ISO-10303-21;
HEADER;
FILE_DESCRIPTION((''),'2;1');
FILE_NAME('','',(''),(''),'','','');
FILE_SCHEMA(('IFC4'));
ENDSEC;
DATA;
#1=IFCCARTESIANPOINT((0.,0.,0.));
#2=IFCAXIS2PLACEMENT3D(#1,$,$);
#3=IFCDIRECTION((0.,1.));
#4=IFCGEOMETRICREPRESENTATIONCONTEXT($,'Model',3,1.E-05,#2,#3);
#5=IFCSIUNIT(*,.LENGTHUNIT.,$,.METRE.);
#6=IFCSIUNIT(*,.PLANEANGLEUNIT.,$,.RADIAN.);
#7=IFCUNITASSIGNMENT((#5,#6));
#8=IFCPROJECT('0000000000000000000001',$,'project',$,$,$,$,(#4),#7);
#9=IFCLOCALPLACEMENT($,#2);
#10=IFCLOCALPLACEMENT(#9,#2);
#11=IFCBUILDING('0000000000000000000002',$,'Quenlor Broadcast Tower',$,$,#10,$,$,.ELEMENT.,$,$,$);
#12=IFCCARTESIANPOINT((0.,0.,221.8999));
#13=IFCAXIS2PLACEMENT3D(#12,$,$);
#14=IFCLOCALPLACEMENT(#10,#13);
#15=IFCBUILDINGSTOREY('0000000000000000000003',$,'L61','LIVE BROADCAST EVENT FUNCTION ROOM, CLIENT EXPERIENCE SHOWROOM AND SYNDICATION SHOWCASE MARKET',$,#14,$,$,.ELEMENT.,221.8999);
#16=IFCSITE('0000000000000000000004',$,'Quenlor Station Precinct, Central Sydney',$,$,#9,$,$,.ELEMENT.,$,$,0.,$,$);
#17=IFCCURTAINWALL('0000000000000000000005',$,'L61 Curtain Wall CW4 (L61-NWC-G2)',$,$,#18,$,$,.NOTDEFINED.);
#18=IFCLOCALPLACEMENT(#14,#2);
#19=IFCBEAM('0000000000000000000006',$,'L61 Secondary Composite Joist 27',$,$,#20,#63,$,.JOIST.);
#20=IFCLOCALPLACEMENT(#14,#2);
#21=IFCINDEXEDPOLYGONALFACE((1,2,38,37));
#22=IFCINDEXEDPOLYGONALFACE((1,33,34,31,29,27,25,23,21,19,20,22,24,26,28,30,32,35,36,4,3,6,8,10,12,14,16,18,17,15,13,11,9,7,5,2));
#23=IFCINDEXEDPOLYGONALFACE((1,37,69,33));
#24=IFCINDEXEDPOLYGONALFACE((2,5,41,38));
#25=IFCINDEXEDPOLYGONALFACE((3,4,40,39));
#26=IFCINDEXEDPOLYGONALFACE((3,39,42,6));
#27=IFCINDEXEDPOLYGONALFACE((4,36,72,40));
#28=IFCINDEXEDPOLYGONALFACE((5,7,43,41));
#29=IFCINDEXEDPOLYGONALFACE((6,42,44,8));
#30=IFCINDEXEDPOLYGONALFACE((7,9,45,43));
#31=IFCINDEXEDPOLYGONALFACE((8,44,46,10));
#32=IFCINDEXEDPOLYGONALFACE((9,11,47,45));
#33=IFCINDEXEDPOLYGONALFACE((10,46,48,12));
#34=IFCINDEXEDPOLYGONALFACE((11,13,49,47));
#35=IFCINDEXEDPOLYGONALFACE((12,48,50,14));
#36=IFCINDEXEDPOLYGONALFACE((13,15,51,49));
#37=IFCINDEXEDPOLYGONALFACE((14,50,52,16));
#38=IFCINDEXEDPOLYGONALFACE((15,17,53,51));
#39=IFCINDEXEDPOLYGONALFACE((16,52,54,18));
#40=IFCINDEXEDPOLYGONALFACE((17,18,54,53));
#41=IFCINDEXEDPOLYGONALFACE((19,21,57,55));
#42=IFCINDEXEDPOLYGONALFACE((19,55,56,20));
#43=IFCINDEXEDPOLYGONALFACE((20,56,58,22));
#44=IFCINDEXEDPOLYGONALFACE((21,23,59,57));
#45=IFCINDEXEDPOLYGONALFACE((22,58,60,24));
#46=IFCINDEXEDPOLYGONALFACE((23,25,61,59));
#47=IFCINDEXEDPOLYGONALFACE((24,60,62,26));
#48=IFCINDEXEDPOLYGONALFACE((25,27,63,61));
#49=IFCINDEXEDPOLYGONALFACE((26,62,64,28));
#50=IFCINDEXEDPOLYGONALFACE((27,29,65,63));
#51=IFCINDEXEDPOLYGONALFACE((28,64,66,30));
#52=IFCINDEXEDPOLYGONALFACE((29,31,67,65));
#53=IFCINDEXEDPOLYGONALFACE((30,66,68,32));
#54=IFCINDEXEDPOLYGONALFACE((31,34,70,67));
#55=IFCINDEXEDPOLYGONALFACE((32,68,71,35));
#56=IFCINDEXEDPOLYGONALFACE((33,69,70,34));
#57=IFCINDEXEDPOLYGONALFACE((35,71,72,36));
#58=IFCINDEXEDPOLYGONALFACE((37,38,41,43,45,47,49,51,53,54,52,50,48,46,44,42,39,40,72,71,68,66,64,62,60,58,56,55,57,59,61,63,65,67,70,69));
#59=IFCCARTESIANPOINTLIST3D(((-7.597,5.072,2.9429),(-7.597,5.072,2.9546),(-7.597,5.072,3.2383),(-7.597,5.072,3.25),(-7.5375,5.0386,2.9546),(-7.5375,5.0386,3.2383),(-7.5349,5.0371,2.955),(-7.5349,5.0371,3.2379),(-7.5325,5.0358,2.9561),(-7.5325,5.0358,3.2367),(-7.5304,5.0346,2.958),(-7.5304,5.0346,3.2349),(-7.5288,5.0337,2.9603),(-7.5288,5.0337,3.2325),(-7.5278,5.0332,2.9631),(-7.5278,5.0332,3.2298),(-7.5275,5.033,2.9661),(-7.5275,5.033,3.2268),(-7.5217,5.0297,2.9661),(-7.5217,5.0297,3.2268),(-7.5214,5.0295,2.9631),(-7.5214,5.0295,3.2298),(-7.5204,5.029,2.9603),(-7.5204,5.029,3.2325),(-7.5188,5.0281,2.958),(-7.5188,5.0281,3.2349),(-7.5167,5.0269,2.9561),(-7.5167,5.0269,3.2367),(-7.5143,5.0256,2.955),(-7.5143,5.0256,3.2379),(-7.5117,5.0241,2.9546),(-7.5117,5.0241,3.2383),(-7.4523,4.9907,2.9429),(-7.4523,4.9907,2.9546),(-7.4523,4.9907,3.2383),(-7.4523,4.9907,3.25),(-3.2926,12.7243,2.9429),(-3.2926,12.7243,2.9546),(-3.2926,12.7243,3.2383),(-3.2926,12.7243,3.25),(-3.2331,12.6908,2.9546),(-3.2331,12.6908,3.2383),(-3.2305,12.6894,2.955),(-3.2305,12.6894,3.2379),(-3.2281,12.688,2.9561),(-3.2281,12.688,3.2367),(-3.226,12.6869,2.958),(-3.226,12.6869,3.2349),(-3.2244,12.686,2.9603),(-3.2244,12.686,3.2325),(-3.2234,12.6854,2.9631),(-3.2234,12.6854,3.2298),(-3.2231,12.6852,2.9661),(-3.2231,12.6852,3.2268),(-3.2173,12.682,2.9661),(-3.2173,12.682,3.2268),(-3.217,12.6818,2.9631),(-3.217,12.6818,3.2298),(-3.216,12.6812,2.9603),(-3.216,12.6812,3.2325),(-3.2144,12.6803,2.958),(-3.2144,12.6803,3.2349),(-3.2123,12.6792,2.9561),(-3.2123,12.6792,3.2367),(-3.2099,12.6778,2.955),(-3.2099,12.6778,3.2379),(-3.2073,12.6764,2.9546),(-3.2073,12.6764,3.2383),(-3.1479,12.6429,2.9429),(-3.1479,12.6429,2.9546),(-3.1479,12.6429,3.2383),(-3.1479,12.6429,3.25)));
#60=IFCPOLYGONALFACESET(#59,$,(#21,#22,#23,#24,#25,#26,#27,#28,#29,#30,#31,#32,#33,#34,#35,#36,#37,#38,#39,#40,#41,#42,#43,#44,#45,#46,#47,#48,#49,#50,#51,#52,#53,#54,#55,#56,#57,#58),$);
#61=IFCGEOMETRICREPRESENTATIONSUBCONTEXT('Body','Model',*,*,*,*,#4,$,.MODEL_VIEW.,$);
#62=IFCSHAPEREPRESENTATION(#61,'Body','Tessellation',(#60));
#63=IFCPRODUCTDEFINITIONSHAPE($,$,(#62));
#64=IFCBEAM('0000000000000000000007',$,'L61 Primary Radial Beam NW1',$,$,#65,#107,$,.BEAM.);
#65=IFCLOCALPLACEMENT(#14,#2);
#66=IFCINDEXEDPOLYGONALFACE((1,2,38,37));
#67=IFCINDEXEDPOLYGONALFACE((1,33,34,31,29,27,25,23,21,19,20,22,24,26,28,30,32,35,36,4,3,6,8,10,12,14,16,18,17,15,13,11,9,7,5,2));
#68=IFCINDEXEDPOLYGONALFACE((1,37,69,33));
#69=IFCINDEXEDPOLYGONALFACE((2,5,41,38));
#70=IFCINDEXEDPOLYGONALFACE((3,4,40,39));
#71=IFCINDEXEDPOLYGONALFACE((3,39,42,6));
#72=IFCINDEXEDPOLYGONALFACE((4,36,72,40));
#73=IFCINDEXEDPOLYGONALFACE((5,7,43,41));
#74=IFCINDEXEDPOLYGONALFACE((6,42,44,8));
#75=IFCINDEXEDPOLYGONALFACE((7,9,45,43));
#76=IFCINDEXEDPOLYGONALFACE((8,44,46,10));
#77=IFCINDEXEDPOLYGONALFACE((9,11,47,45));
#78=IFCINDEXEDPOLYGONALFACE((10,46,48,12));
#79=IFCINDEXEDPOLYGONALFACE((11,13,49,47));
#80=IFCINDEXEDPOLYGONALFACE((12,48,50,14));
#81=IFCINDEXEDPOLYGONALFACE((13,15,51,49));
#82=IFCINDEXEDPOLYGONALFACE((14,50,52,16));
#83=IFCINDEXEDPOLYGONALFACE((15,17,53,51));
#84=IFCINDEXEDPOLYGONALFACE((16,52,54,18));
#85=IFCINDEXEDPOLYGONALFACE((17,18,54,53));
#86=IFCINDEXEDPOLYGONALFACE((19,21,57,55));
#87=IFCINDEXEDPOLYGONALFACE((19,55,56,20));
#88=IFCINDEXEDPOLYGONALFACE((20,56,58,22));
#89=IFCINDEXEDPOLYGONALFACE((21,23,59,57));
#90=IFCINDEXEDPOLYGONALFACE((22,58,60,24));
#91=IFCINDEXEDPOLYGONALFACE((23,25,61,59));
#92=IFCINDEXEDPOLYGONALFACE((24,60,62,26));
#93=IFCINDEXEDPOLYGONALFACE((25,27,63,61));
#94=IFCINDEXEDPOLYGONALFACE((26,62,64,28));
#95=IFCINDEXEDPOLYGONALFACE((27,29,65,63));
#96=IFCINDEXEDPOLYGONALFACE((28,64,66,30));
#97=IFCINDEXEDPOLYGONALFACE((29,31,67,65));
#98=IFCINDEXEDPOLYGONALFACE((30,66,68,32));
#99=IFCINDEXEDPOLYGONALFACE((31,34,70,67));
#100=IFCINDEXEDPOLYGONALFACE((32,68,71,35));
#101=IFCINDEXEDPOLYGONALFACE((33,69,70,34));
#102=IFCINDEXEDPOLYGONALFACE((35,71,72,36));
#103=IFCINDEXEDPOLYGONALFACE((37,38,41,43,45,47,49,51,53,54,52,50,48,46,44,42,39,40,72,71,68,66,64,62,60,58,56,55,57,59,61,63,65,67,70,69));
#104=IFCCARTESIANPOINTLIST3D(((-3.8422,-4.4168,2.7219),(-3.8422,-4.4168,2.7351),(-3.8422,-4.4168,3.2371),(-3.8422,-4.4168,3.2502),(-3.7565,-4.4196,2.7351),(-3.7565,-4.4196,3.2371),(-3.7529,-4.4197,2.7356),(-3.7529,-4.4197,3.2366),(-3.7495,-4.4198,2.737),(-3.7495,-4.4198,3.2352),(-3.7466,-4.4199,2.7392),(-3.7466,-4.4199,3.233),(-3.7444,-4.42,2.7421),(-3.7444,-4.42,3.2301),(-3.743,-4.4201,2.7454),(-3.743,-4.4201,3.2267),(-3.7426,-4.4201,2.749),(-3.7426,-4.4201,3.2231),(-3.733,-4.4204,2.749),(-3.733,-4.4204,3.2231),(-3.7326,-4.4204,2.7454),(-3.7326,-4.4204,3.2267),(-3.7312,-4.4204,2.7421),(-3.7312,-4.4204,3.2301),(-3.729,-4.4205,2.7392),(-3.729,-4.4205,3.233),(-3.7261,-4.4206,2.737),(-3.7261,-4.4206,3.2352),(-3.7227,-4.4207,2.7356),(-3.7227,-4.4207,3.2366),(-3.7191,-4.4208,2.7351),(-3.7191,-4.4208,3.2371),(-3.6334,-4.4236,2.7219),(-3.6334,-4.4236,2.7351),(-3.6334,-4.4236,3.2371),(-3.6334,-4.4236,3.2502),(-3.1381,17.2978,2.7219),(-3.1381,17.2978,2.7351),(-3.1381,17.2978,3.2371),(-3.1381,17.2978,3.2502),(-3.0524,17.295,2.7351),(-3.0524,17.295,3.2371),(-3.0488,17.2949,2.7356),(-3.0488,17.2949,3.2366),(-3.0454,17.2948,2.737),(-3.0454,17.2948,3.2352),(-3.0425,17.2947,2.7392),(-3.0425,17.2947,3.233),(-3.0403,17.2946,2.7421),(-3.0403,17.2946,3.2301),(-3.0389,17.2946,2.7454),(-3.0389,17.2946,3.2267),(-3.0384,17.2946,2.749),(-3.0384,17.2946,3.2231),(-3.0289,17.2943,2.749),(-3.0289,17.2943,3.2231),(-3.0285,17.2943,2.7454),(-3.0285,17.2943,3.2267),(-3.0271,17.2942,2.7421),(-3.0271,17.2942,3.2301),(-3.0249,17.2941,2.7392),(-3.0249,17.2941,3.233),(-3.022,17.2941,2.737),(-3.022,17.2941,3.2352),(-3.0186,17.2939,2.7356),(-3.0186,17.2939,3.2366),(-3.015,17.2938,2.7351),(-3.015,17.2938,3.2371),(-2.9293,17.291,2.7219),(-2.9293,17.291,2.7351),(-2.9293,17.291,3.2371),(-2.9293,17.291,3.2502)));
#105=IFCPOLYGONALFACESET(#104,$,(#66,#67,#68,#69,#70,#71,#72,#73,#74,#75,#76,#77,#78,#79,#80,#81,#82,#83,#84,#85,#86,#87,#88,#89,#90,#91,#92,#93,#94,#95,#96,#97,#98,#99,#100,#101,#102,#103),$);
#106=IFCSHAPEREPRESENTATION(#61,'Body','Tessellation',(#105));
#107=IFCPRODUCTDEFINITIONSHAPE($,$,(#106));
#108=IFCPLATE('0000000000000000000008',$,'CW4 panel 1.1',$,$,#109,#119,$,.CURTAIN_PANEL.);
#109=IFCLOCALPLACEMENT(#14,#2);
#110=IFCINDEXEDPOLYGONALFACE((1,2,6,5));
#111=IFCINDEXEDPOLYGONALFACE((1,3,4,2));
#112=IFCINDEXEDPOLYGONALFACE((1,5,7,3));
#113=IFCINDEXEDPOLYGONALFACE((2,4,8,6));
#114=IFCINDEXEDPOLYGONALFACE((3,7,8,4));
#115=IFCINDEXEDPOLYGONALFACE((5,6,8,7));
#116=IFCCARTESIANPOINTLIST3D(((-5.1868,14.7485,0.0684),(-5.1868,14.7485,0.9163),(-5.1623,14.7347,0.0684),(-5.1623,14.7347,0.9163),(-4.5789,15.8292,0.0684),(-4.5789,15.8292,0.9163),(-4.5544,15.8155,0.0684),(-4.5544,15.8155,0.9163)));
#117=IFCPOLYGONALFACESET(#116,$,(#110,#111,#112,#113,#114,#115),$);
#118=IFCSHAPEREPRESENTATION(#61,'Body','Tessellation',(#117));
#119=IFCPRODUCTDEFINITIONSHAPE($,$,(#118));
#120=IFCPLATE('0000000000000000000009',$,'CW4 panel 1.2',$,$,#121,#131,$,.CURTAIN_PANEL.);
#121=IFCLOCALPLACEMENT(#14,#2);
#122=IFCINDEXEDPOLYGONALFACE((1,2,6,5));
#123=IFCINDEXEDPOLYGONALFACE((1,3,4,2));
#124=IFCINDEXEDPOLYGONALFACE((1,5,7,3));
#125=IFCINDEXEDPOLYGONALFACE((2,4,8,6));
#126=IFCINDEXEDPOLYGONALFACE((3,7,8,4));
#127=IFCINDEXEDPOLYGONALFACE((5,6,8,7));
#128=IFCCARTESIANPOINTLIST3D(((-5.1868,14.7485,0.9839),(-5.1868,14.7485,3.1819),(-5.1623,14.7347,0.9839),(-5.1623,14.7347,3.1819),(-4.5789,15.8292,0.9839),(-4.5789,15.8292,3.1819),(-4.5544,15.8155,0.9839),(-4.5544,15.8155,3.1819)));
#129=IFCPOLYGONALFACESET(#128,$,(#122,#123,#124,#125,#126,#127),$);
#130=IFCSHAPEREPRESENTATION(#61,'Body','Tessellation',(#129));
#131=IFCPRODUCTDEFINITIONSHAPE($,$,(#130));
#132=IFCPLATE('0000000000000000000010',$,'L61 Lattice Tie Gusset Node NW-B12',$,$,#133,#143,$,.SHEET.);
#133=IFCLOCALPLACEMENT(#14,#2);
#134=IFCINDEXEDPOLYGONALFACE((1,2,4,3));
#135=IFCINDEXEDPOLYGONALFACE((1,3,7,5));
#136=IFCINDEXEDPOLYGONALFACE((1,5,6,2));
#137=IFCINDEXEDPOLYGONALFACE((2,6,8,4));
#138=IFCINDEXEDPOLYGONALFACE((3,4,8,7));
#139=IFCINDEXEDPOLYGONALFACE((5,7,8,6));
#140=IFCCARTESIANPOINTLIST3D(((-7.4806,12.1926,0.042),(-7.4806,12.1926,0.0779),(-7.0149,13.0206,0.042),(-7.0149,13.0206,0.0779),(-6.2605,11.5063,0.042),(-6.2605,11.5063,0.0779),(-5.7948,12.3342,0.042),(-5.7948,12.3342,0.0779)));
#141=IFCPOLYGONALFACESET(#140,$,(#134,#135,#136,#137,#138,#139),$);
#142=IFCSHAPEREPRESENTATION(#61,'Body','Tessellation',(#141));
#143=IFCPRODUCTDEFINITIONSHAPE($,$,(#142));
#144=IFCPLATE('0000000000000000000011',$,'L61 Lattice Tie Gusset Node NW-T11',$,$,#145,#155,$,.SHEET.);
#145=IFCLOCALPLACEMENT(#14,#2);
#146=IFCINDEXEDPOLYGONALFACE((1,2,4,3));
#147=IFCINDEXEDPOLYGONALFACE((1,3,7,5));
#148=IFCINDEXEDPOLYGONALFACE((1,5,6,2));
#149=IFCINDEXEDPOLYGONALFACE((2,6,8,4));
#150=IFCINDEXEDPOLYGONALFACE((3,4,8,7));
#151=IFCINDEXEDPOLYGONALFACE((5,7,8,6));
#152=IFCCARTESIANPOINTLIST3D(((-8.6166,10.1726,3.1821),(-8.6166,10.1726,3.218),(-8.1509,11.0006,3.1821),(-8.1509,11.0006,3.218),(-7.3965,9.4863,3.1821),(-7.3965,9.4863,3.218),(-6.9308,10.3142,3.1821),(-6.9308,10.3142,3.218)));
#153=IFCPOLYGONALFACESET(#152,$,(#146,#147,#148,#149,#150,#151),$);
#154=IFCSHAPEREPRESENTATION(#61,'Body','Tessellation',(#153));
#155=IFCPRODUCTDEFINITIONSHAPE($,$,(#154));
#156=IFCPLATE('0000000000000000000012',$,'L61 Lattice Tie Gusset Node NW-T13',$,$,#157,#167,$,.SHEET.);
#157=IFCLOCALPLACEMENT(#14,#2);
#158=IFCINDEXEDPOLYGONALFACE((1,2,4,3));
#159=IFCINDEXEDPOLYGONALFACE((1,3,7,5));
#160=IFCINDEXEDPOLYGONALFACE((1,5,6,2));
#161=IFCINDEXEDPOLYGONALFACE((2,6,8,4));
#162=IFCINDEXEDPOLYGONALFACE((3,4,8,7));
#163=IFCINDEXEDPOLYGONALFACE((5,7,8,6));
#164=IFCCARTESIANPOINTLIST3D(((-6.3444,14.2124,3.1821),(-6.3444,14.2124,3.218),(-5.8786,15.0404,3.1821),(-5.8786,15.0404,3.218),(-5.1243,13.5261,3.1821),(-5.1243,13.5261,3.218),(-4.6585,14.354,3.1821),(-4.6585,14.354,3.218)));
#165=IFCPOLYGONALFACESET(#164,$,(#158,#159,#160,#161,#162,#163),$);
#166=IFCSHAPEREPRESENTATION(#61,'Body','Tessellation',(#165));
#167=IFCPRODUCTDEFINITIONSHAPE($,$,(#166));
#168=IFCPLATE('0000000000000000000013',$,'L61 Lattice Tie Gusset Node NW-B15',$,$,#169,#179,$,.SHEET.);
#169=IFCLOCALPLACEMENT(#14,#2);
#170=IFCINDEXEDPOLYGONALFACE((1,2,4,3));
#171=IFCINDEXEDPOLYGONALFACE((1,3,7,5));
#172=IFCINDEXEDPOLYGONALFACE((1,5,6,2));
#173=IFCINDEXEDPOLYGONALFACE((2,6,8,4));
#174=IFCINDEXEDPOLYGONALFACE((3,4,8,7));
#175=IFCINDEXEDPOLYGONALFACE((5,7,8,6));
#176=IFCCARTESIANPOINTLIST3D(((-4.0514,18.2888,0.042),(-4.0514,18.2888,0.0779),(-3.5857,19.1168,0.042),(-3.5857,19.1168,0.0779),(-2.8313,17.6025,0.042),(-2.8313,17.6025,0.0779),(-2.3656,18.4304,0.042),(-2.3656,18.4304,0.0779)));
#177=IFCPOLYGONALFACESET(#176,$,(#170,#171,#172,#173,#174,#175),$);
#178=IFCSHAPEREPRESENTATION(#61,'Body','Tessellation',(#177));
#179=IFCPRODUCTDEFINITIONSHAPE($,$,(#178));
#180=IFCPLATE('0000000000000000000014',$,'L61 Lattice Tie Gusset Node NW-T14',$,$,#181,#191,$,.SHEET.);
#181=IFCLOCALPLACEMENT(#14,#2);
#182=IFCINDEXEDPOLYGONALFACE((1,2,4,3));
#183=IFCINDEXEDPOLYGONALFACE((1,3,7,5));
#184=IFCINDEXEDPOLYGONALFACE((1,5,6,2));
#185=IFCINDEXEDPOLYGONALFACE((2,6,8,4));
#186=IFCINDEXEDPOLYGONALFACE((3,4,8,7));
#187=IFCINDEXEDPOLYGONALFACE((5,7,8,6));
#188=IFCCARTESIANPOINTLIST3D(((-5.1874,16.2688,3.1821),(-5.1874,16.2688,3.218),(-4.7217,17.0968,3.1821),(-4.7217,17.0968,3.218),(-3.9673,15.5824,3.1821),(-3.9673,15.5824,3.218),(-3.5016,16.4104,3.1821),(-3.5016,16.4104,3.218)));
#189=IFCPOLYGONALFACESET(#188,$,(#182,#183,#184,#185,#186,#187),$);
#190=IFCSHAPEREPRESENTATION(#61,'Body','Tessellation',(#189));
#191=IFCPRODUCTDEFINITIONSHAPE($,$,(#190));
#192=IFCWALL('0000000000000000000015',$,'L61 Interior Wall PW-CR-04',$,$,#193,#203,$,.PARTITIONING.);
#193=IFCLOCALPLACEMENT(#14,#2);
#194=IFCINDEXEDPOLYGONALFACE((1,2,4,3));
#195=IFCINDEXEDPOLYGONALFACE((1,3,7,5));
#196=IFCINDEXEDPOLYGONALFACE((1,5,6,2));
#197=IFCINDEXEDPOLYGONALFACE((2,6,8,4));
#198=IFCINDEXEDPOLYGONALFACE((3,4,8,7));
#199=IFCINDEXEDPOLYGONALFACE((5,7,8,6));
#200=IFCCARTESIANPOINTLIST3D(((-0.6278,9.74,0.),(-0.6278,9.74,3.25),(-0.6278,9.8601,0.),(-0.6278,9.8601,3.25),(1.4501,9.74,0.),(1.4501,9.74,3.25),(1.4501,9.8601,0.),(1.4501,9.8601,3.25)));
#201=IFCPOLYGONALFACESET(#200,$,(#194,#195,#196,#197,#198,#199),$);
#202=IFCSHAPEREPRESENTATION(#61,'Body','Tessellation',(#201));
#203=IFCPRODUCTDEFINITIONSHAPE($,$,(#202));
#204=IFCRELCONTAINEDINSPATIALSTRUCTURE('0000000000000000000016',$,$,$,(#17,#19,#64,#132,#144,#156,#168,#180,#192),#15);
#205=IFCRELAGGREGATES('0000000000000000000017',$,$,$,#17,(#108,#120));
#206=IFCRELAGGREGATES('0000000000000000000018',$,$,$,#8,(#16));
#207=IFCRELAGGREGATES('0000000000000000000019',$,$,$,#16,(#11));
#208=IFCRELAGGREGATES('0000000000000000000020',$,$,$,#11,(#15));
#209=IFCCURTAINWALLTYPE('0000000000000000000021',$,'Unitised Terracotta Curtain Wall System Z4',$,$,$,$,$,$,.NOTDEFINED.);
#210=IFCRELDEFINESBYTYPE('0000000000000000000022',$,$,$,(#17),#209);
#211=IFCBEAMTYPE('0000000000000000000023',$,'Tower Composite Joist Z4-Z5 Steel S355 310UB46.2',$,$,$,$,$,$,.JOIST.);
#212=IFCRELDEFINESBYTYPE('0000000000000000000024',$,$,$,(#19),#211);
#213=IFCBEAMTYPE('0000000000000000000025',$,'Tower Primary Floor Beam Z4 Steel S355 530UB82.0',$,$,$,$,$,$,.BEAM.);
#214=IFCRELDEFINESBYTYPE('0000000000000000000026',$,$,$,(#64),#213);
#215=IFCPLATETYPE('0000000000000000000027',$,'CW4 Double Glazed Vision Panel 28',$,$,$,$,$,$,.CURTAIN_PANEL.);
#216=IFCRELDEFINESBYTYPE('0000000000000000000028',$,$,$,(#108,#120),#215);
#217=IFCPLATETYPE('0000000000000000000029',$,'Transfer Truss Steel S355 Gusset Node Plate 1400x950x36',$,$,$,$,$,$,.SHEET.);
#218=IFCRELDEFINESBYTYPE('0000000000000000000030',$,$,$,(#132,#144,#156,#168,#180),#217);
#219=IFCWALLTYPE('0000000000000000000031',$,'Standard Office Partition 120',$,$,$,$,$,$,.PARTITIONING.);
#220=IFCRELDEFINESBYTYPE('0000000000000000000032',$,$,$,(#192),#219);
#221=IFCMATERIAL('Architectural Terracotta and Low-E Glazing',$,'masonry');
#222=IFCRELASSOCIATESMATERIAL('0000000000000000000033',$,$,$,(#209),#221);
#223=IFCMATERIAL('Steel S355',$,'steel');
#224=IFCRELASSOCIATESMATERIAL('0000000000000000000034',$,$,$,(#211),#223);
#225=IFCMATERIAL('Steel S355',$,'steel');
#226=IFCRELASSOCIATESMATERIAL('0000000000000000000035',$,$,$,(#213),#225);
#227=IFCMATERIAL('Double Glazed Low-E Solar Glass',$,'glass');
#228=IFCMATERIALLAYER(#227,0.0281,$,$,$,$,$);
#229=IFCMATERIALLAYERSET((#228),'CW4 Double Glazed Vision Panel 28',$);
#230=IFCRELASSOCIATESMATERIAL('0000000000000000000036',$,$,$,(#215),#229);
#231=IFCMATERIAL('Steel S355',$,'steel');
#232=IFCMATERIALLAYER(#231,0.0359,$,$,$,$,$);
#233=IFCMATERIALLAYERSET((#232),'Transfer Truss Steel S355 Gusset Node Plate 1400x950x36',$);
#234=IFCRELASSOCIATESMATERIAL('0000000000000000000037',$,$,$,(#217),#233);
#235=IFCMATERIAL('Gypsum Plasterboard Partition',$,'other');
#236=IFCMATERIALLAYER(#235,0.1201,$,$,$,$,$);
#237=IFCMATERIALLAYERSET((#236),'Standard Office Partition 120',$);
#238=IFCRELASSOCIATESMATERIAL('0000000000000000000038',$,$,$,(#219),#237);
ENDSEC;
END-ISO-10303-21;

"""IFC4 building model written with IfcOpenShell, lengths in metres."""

from ifc_helpers import new_model, si_unit, direction, frame, frame_2d, origin, origin_2d, place, context, subcontext, project, spatial, rectangle, i_section, extrude, material, layer, layer_set, material_profile, profile_set, type_object, element, aggregate, save


model = new_model("IFC4")

# Units and contexts
model_context = context("Model", 3, precision=1e-05, world=origin(), true_north=direction((0.0, 1.0)))
body_context = subcontext(model_context, "Body", "Model", "MODEL_VIEW")
ifc_project = project(units=[si_unit("LENGTHUNIT", "METRE"), si_unit("PLANEANGLEUNIT", "RADIAN")], contexts=[model_context])

# Site, building, storey
site_placement = place(None, origin())
site = spatial("IfcSite", under=ifc_project, at=site_placement, Name="Quenlor Station Precinct, Central Sydney", CompositionType="ELEMENT", RefElevation=0.0)
building_placement = place(site_placement, origin())
building = spatial("IfcBuilding", under=site, at=building_placement, Name="Quenlor Broadcast Tower", CompositionType="ELEMENT")
storey_placement = place(building_placement, frame((0.0, 0.0, 221.8999)))
storey = spatial("IfcBuildingStorey", under=building, at=storey_placement, Name="L61", Description="LIVE BROADCAST EVENT FUNCTION ROOM, CLIENT EXPERIENCE SHOWROOM AND SYNDICATION SHOWCASE MARKET", CompositionType="ELEMENT", Elevation=221.8999)

# Curtain wall
ifc_material_1 = material(Name="Architectural Terracotta and Low-E Glazing", Category="masonry")
curtain_wall_type = type_object("IfcCurtainWallType", Name="Unitised Terracotta Curtain Wall System Z4", PredefinedType="NOTDEFINED", material=ifc_material_1)
curtain_wall_placement = place(storey_placement, origin())
curtain_wall = element("IfcCurtainWall", 1, at=curtain_wall_placement, inside=storey, type_object=curtain_wall_type, Name="L61 Curtain Wall CW4 (L61-NWC-G2)", PredefinedType="NOTDEFINED")

# Beams
ifc_material_2 = material(Name="Steel S355", Category="steel")
ifc_material_profile_1 = material_profile(ifc_material_2, i_section(OverallWidth=0.166, OverallDepth=0.3071, WebThickness=0.0066, FlangeThickness=0.0117, FilletRadius=0.0115, at=origin_2d()))
ifc_profile_set_1 = profile_set([ifc_material_profile_1], Name="Steel S355 310UB46.2")
beam_type_1 = type_object("IfcBeamType", Name="Tower Composite Joist Z4-Z5 Steel S355 310UB46.2", PredefinedType="JOIST", material=ifc_profile_set_1)
beam_1_placement = place(storey_placement, frame((-3.2202, 12.6836, 3.0964), z_axis=(-0.490261, -0.871576, 0.0), x_axis=(0.871576, -0.490261, 0.0)))
element("IfcBeam", 2, at=beam_1_placement, inside=storey, type_object=beam_type_1, Name="L61 Secondary Composite Joist 27", PredefinedType="JOIST", context=body_context, shape_type="SweptSolid", body=[
    extrude(i_section(OverallWidth=0.166, OverallDepth=0.3071, WebThickness=0.0066, FlangeThickness=0.0117, FilletRadius=0.0115, at=origin_2d()), origin(), (0.0, 0.0, 1.0), 8.7798),
])
ifc_material_3 = material(Name="Steel S355", Category="steel")
ifc_material_profile_2 = material_profile(ifc_material_3, i_section(OverallWidth=0.209, OverallDepth=0.5283, WebThickness=0.0095, FlangeThickness=0.0132, FilletRadius=0.0139, at=origin_2d()))
ifc_profile_set_2 = profile_set([ifc_material_profile_2], Name="Steel S355 530UB82.0")
beam_type_2 = type_object("IfcBeamType", Name="Tower Primary Floor Beam Z4 Steel S355 530UB82.0", PredefinedType="BEAM", material=ifc_profile_set_2)
beam_2_placement = place(storey_placement, frame((-3.0337, 17.2944, 2.9861), z_axis=(-0.032408, -0.999475, 0.0), x_axis=(0.999475, -0.032408, 0.0)))
element("IfcBeam", 3, at=beam_2_placement, inside=storey, type_object=beam_type_2, Name="L61 Primary Radial Beam NW1", PredefinedType="BEAM", context=body_context, shape_type="SweptSolid", body=[
    extrude(i_section(OverallWidth=0.209, OverallDepth=0.5283, WebThickness=0.0095, FlangeThickness=0.0132, FilletRadius=0.0139, at=origin_2d()), origin(), (0.0, 0.0, 1.0), 21.7261),
])

# Plates
ifc_material_4 = material(Name="Double Glazed Low-E Solar Glass", Category="glass")
ifc_layer_1 = layer(ifc_material_4, 0.0281)
ifc_layer_set_1 = layer_set([ifc_layer_1], Name="CW4 Double Glazed Vision Panel 28")
plate_type_1 = type_object("IfcPlateType", Name="CW4 Double Glazed Vision Panel 28", PredefinedType="CURTAIN_PANEL", material=ifc_layer_set_1)
plate_1_placement = place(storey_placement, frame((-4.8706, 15.282, 0.0684), z_axis=(0.0, 0.0, 1.0), x_axis=(0.490289, 0.87156, 0.0)))
plate_1 = element("IfcPlate", 4, at=plate_1_placement, type_object=plate_type_1, Name="CW4 panel 1.1", PredefinedType="CURTAIN_PANEL", context=body_context, shape_type="SweptSolid", body=[
    extrude(rectangle(XDim=1.24, YDim=0.0281, at=origin_2d()), origin(), (0.0, 0.0, 1.0), 0.8479),
])
plate_2_placement = place(storey_placement, frame((-4.8706, 15.282, 0.9839), z_axis=(0.0, 0.0, 1.0), x_axis=(0.490289, 0.87156, 0.0)))
plate_2 = element("IfcPlate", 5, at=plate_2_placement, type_object=plate_type_1, Name="CW4 panel 1.2", PredefinedType="CURTAIN_PANEL", context=body_context, shape_type="SweptSolid", body=[
    extrude(rectangle(XDim=1.24, YDim=0.0281, at=origin_2d()), origin(), (0.0, 0.0, 1.0), 2.198),
])
aggregate(curtain_wall, [plate_1, plate_2])

# Plates
ifc_material_5 = material(Name="Steel S355", Category="steel")
ifc_layer_2 = layer(ifc_material_5, 0.0359)
ifc_layer_set_2 = layer_set([ifc_layer_2], Name="Transfer Truss Steel S355 Gusset Node Plate 1400x950x36")
plate_type_2 = type_object("IfcPlateType", Name="Transfer Truss Steel S355 Gusset Node Plate 1400x950x36", PredefinedType="SHEET", material=ifc_layer_set_2)
for number, where, z_axis, x_axis, name in (
    (6, (-6.6377, 12.2634, 0.042), (0.0, 0.0, 1.0), (-0.871556, 0.490295, 0.0), "L61 Lattice Tie Gusset Node NW-B12"),
    (7, (-7.7737, 10.2434, 3.1821), (0.0, 0.0, 1.0), (-0.871556, 0.490295, 0.0), "L61 Lattice Tie Gusset Node NW-T11"),
    (8, (-5.5015, 14.2832, 3.1821), (0.0, 0.0, 1.0), (-0.871556, 0.490295, 0.0), "L61 Lattice Tie Gusset Node NW-T13"),
    (9, (-3.2085, 18.3596, 0.042), (0.0, 0.0, 1.0), (-0.871556, 0.490295, 0.0), "L61 Lattice Tie Gusset Node NW-B15"),
    (10, (-4.3445, 16.3396, 3.1821), (0.0, 0.0, 1.0), (-0.871556, 0.490295, 0.0), "L61 Lattice Tie Gusset Node NW-T14"),
):
    element("IfcPlate", number, at=place(storey_placement, frame(where, z_axis=z_axis, x_axis=x_axis)), inside=storey, type_object=plate_type_2, Name=name, PredefinedType="SHEET", context=body_context, shape_type="SweptSolid", body=[
        extrude(rectangle(XDim=1.3999, YDim=0.95, at=origin_2d()), origin(), (0.0, 0.0, 1.0), 0.0359),
    ])

# Wall
ifc_material_6 = material(Name="Gypsum Plasterboard Partition", Category="other")
ifc_layer_3 = layer(ifc_material_6, 0.1201)
ifc_layer_set_3 = layer_set([ifc_layer_3], Name="Standard Office Partition 120")
wall_type_1 = type_object("IfcWallType", Name="Standard Office Partition 120", PredefinedType="PARTITIONING", material=ifc_layer_set_3)
wall_1_placement = place(storey_placement, frame((-0.6279, 9.8, 0.0), z_axis=(0.0, 0.0, 1.0), x_axis=(1.0, 0.0, 0.0)))
element("IfcWall", 11, at=wall_1_placement, inside=storey, type_object=wall_type_1, Name="L61 Interior Wall PW-CR-04", PredefinedType="PARTITIONING", context=body_context, shape_type="SweptSolid", body=[
    extrude(rectangle(XDim=2.0779, YDim=0.1201, at=frame_2d((1.0391, 0.0))), origin(), (0.0, 0.0, 1.0), 3.25),
])

save(model, "model.ifc")
